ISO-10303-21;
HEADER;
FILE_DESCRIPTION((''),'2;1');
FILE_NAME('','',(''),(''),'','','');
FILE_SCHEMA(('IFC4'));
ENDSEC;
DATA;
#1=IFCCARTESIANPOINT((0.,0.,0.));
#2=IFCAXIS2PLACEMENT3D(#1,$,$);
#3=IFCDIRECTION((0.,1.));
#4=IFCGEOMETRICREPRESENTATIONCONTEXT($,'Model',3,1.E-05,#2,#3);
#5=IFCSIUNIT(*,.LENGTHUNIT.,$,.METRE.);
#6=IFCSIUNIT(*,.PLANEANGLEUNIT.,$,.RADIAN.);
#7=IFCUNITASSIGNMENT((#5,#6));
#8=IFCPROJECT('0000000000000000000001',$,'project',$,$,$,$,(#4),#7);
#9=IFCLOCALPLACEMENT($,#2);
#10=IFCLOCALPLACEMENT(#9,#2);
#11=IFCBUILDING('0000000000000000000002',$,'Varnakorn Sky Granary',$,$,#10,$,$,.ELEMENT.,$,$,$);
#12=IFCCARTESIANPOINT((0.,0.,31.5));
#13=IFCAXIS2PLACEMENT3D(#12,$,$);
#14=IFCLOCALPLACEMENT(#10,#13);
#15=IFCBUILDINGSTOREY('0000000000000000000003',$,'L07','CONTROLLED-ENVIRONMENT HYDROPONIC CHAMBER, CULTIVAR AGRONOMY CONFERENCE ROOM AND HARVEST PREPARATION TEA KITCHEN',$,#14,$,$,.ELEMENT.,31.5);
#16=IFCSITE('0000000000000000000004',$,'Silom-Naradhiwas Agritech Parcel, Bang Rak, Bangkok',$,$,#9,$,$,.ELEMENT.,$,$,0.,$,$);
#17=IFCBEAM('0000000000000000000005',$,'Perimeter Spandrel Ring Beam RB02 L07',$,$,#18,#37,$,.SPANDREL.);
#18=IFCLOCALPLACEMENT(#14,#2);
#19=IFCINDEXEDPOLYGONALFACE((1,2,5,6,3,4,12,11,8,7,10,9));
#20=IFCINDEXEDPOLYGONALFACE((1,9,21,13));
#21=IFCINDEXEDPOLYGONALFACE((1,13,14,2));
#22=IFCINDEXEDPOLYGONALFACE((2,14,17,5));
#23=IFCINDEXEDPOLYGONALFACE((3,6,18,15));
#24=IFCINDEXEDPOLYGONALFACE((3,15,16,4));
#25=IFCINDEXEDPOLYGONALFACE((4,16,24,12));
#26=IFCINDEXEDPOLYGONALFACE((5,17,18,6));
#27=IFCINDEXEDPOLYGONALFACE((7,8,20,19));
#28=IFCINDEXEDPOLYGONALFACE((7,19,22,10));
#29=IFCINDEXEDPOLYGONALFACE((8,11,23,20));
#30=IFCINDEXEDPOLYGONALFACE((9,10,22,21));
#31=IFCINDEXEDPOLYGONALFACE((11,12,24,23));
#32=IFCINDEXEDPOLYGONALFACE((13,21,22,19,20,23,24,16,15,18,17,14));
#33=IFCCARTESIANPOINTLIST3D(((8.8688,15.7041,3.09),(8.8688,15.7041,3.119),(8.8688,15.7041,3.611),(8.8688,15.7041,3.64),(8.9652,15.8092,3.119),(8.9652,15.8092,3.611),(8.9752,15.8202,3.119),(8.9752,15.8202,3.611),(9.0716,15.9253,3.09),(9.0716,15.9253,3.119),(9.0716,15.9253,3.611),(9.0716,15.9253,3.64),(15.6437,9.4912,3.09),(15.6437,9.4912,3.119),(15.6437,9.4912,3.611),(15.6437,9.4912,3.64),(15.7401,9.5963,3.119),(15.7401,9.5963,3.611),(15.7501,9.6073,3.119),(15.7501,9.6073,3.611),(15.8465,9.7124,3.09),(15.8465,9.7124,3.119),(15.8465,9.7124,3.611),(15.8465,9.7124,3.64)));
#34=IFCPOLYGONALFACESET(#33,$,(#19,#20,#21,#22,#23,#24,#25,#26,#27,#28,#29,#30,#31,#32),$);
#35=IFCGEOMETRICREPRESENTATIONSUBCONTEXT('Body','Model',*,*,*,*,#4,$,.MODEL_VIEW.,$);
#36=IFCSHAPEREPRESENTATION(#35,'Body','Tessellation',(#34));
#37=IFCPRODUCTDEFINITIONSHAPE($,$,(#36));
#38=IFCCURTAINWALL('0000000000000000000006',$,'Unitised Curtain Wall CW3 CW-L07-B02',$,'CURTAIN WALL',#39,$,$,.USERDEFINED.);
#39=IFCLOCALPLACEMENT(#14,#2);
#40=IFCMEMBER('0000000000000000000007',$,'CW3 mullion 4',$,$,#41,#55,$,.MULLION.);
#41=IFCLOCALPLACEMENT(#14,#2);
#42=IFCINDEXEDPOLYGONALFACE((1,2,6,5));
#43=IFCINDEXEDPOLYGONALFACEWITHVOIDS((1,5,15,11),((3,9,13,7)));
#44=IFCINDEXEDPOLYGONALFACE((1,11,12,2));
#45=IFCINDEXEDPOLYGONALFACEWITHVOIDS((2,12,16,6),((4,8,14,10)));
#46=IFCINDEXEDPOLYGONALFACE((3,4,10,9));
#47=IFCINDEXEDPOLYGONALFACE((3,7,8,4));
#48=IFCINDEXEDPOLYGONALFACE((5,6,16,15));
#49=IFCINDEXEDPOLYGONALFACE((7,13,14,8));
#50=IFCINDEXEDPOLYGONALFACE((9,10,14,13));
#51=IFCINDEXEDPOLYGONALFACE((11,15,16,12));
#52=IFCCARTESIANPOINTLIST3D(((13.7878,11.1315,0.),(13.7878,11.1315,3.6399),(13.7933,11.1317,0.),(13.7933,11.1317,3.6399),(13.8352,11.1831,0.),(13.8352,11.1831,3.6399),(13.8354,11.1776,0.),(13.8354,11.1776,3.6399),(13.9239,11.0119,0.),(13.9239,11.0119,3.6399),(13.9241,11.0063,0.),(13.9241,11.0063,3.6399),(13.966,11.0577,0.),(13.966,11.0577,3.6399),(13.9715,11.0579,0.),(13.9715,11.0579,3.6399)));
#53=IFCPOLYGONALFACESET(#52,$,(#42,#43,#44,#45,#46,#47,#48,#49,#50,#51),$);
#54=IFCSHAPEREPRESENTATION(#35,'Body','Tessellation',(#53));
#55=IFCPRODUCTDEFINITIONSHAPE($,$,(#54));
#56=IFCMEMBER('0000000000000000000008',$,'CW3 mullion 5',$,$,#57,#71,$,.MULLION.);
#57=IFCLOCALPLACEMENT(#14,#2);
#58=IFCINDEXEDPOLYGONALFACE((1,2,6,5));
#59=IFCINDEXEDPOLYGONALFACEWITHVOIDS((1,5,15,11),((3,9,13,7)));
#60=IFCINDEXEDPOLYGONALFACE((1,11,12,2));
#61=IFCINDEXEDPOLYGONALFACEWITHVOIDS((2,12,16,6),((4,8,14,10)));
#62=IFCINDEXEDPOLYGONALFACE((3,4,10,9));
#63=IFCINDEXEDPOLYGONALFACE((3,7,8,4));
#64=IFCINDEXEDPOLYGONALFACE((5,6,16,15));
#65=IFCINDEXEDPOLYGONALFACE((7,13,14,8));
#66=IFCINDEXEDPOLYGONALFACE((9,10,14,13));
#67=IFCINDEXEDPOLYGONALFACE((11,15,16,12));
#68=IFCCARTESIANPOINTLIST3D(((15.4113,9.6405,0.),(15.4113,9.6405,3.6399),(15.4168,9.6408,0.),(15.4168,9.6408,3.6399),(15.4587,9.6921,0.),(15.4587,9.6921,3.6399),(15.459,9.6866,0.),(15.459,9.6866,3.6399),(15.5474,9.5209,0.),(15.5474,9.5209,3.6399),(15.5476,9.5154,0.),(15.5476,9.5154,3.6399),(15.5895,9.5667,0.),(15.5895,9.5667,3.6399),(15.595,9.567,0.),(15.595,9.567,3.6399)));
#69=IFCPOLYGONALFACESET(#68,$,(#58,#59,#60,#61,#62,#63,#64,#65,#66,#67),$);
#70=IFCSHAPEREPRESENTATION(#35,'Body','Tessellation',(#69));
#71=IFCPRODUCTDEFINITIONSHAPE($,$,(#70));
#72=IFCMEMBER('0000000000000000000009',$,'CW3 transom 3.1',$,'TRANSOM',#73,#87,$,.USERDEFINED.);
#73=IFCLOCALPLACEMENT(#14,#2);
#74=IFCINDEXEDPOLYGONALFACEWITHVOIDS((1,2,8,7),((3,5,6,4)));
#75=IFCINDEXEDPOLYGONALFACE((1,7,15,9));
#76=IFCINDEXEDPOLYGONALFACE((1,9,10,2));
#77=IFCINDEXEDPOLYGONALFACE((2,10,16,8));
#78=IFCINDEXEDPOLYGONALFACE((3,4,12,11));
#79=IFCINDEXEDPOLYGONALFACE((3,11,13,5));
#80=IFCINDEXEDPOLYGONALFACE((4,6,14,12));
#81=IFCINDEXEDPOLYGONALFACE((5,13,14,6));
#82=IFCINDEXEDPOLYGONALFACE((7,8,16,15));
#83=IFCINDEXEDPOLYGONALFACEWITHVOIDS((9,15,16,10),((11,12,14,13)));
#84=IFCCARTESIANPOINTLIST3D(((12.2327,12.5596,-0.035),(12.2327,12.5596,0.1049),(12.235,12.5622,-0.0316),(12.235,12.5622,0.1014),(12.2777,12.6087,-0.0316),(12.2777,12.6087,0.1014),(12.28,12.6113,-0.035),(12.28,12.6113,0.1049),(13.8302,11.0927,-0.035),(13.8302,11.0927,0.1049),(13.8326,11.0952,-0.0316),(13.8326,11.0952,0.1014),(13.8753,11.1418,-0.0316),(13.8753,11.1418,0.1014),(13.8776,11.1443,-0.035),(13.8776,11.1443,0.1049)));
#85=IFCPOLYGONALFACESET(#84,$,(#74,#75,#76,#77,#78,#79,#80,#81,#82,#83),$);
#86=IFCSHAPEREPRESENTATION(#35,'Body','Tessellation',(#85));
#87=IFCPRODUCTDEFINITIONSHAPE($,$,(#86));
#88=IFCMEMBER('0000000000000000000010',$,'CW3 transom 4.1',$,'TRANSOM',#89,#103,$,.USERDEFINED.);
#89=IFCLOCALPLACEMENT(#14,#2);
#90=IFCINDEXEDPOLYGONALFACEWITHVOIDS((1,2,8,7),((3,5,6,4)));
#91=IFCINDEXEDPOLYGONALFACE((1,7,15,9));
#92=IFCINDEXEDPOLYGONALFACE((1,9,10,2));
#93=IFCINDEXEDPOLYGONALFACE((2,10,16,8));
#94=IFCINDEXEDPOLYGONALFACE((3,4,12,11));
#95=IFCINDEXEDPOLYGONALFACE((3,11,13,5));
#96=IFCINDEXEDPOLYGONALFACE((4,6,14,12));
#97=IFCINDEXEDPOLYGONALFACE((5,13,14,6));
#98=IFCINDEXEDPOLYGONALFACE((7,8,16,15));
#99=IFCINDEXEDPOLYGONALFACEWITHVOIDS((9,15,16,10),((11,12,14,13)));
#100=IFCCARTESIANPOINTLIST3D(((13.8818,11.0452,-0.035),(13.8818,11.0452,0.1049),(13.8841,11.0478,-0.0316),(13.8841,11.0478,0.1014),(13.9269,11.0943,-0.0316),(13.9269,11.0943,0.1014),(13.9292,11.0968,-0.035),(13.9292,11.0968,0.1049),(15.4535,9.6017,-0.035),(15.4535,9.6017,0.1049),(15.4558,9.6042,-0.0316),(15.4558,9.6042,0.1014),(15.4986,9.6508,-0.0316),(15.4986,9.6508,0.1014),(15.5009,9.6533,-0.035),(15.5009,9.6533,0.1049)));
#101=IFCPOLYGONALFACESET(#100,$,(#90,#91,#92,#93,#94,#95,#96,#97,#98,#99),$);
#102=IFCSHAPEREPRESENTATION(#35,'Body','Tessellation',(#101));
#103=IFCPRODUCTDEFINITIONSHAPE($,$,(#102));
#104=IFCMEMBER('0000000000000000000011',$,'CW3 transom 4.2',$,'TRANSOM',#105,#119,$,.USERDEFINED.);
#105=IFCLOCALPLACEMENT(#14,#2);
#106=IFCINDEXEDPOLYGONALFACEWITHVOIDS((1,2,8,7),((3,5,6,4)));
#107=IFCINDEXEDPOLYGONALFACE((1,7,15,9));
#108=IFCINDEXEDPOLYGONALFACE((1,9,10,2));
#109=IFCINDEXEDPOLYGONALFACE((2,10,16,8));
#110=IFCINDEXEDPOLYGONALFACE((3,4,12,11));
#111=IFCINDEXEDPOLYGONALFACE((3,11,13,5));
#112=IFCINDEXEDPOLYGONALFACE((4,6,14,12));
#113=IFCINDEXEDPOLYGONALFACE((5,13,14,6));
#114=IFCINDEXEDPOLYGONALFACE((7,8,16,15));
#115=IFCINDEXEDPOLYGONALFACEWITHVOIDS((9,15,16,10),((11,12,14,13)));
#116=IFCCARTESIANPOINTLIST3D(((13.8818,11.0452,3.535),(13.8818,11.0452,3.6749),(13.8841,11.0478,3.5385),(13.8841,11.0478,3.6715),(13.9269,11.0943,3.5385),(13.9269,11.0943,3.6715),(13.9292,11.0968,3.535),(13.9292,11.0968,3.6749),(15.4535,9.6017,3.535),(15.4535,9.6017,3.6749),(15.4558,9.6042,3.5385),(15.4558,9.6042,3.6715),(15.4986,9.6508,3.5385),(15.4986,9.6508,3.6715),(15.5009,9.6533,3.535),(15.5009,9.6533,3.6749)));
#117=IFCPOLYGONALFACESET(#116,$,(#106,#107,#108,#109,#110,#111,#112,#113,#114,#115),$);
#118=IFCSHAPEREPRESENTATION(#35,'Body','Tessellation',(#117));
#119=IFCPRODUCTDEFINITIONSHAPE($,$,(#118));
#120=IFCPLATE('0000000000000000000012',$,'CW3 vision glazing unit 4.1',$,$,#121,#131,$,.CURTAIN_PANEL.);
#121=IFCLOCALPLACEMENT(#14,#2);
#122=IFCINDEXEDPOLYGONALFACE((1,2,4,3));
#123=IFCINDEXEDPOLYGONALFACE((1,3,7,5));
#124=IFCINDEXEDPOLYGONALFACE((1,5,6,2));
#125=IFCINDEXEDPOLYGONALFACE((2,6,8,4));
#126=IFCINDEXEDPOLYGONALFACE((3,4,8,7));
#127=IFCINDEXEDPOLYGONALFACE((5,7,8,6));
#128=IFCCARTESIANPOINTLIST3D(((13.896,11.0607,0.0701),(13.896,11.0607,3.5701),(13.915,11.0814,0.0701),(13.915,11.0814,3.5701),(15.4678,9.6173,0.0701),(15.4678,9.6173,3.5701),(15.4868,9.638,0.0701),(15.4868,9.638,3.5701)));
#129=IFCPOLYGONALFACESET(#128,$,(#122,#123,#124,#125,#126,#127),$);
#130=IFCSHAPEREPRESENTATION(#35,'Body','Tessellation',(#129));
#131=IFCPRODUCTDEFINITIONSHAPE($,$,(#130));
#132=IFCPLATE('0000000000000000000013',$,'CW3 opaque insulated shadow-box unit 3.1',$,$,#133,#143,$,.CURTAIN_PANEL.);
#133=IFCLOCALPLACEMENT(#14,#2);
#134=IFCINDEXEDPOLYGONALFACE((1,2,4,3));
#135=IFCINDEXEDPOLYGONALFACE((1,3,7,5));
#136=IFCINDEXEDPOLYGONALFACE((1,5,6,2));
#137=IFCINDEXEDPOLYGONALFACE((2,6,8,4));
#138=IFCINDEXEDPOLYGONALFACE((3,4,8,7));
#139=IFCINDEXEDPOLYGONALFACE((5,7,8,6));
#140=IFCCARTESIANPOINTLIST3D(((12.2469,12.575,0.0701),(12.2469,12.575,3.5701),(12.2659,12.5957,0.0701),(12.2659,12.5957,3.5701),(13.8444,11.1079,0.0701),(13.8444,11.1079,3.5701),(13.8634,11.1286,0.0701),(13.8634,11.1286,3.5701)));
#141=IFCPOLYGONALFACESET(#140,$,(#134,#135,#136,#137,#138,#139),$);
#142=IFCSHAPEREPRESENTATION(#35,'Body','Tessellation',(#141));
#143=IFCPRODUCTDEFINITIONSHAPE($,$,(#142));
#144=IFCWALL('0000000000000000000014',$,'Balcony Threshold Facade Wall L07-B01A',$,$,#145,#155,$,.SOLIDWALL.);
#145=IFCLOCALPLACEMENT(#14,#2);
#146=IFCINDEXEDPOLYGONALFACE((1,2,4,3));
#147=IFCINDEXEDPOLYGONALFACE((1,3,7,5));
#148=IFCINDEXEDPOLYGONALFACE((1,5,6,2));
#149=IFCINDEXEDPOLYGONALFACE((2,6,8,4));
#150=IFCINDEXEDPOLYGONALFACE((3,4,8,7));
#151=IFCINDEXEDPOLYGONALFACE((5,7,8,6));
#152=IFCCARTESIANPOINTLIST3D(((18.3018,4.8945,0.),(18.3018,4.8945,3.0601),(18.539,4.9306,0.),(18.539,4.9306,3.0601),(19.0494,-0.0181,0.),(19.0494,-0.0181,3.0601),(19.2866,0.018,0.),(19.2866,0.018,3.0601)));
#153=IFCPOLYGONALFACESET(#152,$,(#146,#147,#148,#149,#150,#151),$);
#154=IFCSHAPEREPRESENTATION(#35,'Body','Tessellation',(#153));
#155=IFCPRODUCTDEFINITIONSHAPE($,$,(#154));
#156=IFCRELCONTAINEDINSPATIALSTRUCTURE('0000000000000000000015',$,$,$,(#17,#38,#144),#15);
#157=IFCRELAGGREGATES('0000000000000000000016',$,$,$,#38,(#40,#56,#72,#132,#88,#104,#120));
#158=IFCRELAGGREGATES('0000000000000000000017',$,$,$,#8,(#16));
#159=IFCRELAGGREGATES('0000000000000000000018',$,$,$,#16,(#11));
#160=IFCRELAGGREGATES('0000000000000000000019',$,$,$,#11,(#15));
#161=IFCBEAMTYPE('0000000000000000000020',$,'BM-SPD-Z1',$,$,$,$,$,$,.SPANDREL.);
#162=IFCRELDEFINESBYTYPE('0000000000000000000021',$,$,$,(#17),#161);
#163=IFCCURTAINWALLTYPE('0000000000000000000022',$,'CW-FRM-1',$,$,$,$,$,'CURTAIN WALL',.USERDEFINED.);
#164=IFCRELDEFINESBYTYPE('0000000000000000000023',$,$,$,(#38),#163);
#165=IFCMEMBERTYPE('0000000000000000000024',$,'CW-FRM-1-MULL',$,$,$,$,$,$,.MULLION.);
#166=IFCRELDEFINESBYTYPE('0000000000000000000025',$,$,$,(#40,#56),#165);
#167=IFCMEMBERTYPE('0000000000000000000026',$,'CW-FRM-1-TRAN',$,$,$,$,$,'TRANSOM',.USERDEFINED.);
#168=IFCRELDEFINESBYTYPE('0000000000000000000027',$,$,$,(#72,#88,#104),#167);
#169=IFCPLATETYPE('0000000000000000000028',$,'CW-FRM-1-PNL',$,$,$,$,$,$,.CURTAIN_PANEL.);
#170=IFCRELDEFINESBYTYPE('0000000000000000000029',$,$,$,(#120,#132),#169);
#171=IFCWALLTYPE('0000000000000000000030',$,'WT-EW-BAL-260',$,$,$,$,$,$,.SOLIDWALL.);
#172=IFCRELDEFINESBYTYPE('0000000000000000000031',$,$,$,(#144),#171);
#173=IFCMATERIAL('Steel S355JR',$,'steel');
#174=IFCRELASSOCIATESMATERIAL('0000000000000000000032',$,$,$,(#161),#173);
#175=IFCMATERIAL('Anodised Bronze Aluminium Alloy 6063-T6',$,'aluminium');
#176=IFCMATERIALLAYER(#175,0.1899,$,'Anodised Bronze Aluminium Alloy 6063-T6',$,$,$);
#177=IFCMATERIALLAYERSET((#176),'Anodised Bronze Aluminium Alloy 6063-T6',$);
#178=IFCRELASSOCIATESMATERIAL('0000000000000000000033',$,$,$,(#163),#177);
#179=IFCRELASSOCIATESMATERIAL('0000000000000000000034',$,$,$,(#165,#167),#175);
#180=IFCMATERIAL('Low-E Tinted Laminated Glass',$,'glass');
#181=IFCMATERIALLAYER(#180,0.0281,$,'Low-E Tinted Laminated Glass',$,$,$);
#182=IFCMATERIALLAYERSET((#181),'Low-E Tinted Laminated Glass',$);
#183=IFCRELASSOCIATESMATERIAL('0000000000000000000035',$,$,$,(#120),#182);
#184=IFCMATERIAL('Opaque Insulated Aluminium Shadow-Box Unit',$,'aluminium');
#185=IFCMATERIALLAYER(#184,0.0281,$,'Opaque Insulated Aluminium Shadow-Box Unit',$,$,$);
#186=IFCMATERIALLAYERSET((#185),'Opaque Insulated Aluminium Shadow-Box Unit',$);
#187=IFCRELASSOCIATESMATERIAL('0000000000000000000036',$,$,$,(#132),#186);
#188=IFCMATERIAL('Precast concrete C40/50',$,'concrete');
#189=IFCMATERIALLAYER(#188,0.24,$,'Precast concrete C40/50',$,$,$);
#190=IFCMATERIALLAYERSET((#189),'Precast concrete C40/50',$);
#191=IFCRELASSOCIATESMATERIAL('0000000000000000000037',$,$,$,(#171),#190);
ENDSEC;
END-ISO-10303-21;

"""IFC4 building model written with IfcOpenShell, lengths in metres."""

from ifc_helpers import new_model, si_unit, direction, frame, frame_2d, origin, origin_2d, place, context, subcontext, project, spatial, rectangle, hollow_rectangle, i_section, extrude, source, transform, mapped, material, layer, layer_set, material_profile, profile_set, type_object, type_shapes, element, aggregate, save


model = new_model("IFC4")

# Units and contexts
model_context = context("Model", 3, precision=1e-05, world=origin(), true_north=direction((0.0, 1.0)))
body_context = subcontext(model_context, "Body", "Model", "MODEL_VIEW")
ifc_project = project(units=[si_unit("LENGTHUNIT", "METRE"), si_unit("PLANEANGLEUNIT", "RADIAN")], contexts=[model_context])

# Site, building, storey
site_placement = place(None, origin())
site = spatial("IfcSite", under=ifc_project, at=site_placement, Name="Silom-Naradhiwas Agritech Parcel, Bang Rak, Bangkok", CompositionType="ELEMENT", RefElevation=0.0)
building_placement = place(site_placement, origin())
building = spatial("IfcBuilding", under=site, at=building_placement, Name="Varnakorn Sky Granary", CompositionType="ELEMENT")
storey_placement = place(building_placement, frame((0.0, 0.0, 31.5)))
storey = spatial("IfcBuildingStorey", under=building, at=storey_placement, Name="L07", Description="CONTROLLED-ENVIRONMENT HYDROPONIC CHAMBER, CULTIVAR AGRONOMY CONFERENCE ROOM AND HARVEST PREPARATION TEA KITCHEN", CompositionType="ELEMENT", Elevation=31.5)

# Beam
ifc_material_1 = material(Name="Steel S355JR", Category="steel")
ifc_material_profile_1 = material_profile(ifc_material_1, i_section(OverallWidth=0.3, OverallDepth=0.55, WebThickness=0.0149, FlangeThickness=0.0291, at=origin_2d()), Name="HE 550 B")
ifc_profile_set_1 = profile_set([ifc_material_profile_1], Name="Steel S355JR")
beam_type_1 = type_object("IfcBeamType", Name="BM-SPD-Z1", PredefinedType="SPANDREL", material=ifc_profile_set_1)
beam_1_placement = place(storey_placement, frame((15.7451, 9.6018, 3.365), z_axis=(-0.737015, 0.675876, 0.0), x_axis=(-0.675876, -0.737015, 0.0)))
element("IfcBeam", 1, at=beam_1_placement, inside=storey, type_object=beam_type_1, Name="Perimeter Spandrel Ring Beam RB02 L07", PredefinedType="SPANDREL", context=body_context, shape_type="SweptSolid", body=[
    extrude(i_section(OverallWidth=0.3, OverallDepth=0.55, WebThickness=0.0149, FlangeThickness=0.0291, at=origin_2d()), origin(), (0.0, 0.0, 1.0), 9.1924),
])

# Curtain wall, members, plates
ifc_material_2 = material(Name="Anodised Bronze Aluminium Alloy 6063-T6", Category="aluminium")
ifc_layer_1 = layer(ifc_material_2, 0.1899, Name="Anodised Bronze Aluminium Alloy 6063-T6")
ifc_layer_set_1 = layer_set([ifc_layer_1], Name="Anodised Bronze Aluminium Alloy 6063-T6")
curtain_wall_type = type_object("IfcCurtainWallType", Name="CW-FRM-1", ElementType="CURTAIN WALL", PredefinedType="USERDEFINED", material=ifc_layer_set_1)
curtain_wall_placement = place(storey_placement, origin())
curtain_wall = element("IfcCurtainWall", 2, at=curtain_wall_placement, inside=storey, type_object=curtain_wall_type, Name="Unitised Curtain Wall CW3 CW-L07-B02", ObjectType="CURTAIN WALL", PredefinedType="USERDEFINED")
ifc_material_profile_2 = material_profile(ifc_material_2, hollow_rectangle(XDim=0.0701, YDim=0.1851, WallThickness=0.0039, at=origin_2d()), Name="ALU MULL 70x185")
ifc_profile_set_2 = profile_set([ifc_material_profile_2], Name="Anodised Bronze Aluminium Alloy 6063-T6")
member_type_1 = type_object("IfcMemberType", Name="CW-FRM-1-MULL", PredefinedType="MULLION", material=ifc_profile_set_2)
member_1_placement = place(storey_placement, frame((13.8796, 11.0947, 0.0), z_axis=(0.0, 0.0, 1.0), x_axis=(0.676387, 0.736547, 0.0)))
member_1 = element("IfcMember", 3, at=member_1_placement, type_object=member_type_1, Name="CW3 mullion 4", PredefinedType="MULLION", context=body_context, shape_type="SweptSolid", body=[
    extrude(hollow_rectangle(XDim=0.0701, YDim=0.1851, WallThickness=0.0039, at=origin_2d()), origin(), (0.0, 0.0, 1.0), 3.6399),
])
member_2_placement = place(storey_placement, frame((15.5032, 9.6038, 0.0), z_axis=(0.0, 0.0, 1.0), x_axis=(0.676387, 0.736547, 0.0)))
member_2 = element("IfcMember", 4, at=member_2_placement, type_object=member_type_1, Name="CW3 mullion 5", PredefinedType="MULLION", context=body_context, shape_type="SweptSolid", body=[
    extrude(hollow_rectangle(XDim=0.0701, YDim=0.1851, WallThickness=0.0039, at=origin_2d()), origin(), (0.0, 0.0, 1.0), 3.6399),
])
ifc_material_profile_3 = material_profile(ifc_material_2, hollow_rectangle(XDim=0.0701, YDim=0.1399, WallThickness=0.0034, at=origin_2d()), Name="ALU TRAN 70x140")
ifc_profile_set_3 = profile_set([ifc_material_profile_3], Name="Anodised Bronze Aluminium Alloy 6063-T6")
member_type_2 = type_object("IfcMemberType", Name="CW-FRM-1-TRAN", ElementType="TRANSOM", PredefinedType="USERDEFINED", material=ifc_profile_set_3)
member_3_placement = place(storey_placement, frame((12.2563, 12.5854, 0.0349), z_axis=(0.736575, -0.676356, 0.0), x_axis=(0.676356, 0.736575, 0.0)))
member_3 = element("IfcMember", 5, at=member_3_placement, type_object=member_type_2, Name="CW3 transom 3.1", ObjectType="TRANSOM", PredefinedType="USERDEFINED", context=body_context, shape_type="SweptSolid", body=[
    extrude(hollow_rectangle(XDim=0.0701, YDim=0.1399, WallThickness=0.0034, at=origin_2d()), origin(), (0.0, 0.0, 1.0), 2.1689),
])
member_4_placement = place(storey_placement, frame((13.9055, 11.071, 0.0349), z_axis=(0.736498, -0.676439, 0.0), x_axis=(0.676439, 0.736498, 0.0)))
member_4 = element("IfcMember", 6, at=member_4_placement, type_object=member_type_2, Name="CW3 transom 4.1", ObjectType="TRANSOM", PredefinedType="USERDEFINED", context=body_context, shape_type="SweptSolid", body=[
    extrude(hollow_rectangle(XDim=0.0701, YDim=0.1399, WallThickness=0.0034, at=origin_2d()), origin(), (0.0, 0.0, 1.0), 2.134),
])
member_5_placement = place(storey_placement, frame((13.9055, 11.071, 3.605), z_axis=(0.736498, -0.676439, 0.0), x_axis=(0.676439, 0.736498, 0.0)))
member_5 = element("IfcMember", 7, at=member_5_placement, type_object=member_type_2, Name="CW3 transom 4.2", ObjectType="TRANSOM", PredefinedType="USERDEFINED", context=body_context, shape_type="SweptSolid", body=[
    extrude(hollow_rectangle(XDim=0.0701, YDim=0.1399, WallThickness=0.0034, at=origin_2d()), origin(), (0.0, 0.0, 1.0), 2.134),
])
ifc_material_3 = material(Name="Low-E Tinted Laminated Glass", Category="glass")
ifc_layer_2 = layer(ifc_material_3, 0.0281, Name="Low-E Tinted Laminated Glass")
ifc_layer_set_2 = layer_set([ifc_layer_2], Name="Low-E Tinted Laminated Glass")
plate_type = type_object("IfcPlateType", Name="CW-FRM-1-PNL", PredefinedType="CURTAIN_PANEL")
shared_shape_1 = source(origin(), body_context, "Body", "SweptSolid", [
    extrude(rectangle(XDim=2.134, YDim=0.0281, at=origin_2d()), origin(), (0.0, 0.0, 1.0), 3.5),
])
plate_1_placement = place(storey_placement, frame((14.6914, 10.3494, 0.0701), z_axis=(0.0, 0.0, 1.0), x_axis=(0.736547, -0.676387, 0.0)))
plate_1 = element("IfcPlate", 8, at=plate_1_placement, type_object=plate_type, material=ifc_layer_set_2, Name="CW3 vision glazing unit 4.1", PredefinedType="CURTAIN_PANEL", context=body_context, shape_type="MappedRepresentation", body=[
    mapped(shared_shape_1, transform((0.0, 0.0, 0.0), x_axis=(1.0, 0.0, 0.0), y_axis=(0.0, 1.0, 0.0), z_axis=(0.0, 0.0, 1.0), scale=1.0)),
])
ifc_material_4 = material(Name="Opaque Insulated Aluminium Shadow-Box Unit", Category="aluminium")
ifc_layer_3 = layer(ifc_material_4, 0.0281, Name="Opaque Insulated Aluminium Shadow-Box Unit")
ifc_layer_set_3 = layer_set([ifc_layer_3], Name="Opaque Insulated Aluminium Shadow-Box Unit")
shared_shape_2 = source(origin(), body_context, "Body", "SweptSolid", [
    extrude(rectangle(XDim=2.1689, YDim=0.0281, at=origin_2d()), origin(), (0.0, 0.0, 1.0), 3.5),
])
type_shapes(plate_type, [shared_shape_1, shared_shape_2])
plate_2_placement = place(storey_placement, frame((13.0552, 11.8518, 0.0701), z_axis=(0.0, 0.0, 1.0), x_axis=(0.736547, -0.676387, 0.0)))
plate_2 = element("IfcPlate", 9, at=plate_2_placement, type_object=plate_type, material=ifc_layer_set_3, Name="CW3 opaque insulated shadow-box unit 3.1", PredefinedType="CURTAIN_PANEL", context=body_context, shape_type="MappedRepresentation", body=[
    mapped(shared_shape_2, transform((0.0, 0.0, 0.0), x_axis=(1.0, 0.0, 0.0), y_axis=(0.0, 1.0, 0.0), z_axis=(0.0, 0.0, 1.0), scale=1.0)),
])
aggregate(curtain_wall, [member_1, member_2, member_3, plate_2, member_4, member_5, plate_1])

# Wall
ifc_material_5 = material(Name="Precast concrete C40/50", Category="concrete")
ifc_layer_4 = layer(ifc_material_5, 0.24, Name="Precast concrete C40/50")
ifc_layer_set_4 = layer_set([ifc_layer_4], Name="Precast concrete C40/50")
wall_type_1 = type_object("IfcWallType", Name="WT-EW-BAL-260", PredefinedType="SOLIDWALL", material=ifc_layer_set_4)
wall_1_placement = place(storey_placement, frame((18.4204, 4.9126, 0.0), z_axis=(0.0, 0.0, 1.0), x_axis=(0.15044, -0.988619, 0.0)))
element("IfcWall", 10, at=wall_1_placement, inside=storey, type_object=wall_type_1, Name="Balcony Threshold Facade Wall L07-B01A", PredefinedType="SOLIDWALL", context=body_context, shape_type="SweptSolid", body=[
    extrude(rectangle(XDim=4.9692, YDim=0.24, at=frame_2d((2.4846, 0.0))), origin(), (0.0, 0.0, 1.0), 3.0601),
])

save(model, "model.ifc")
